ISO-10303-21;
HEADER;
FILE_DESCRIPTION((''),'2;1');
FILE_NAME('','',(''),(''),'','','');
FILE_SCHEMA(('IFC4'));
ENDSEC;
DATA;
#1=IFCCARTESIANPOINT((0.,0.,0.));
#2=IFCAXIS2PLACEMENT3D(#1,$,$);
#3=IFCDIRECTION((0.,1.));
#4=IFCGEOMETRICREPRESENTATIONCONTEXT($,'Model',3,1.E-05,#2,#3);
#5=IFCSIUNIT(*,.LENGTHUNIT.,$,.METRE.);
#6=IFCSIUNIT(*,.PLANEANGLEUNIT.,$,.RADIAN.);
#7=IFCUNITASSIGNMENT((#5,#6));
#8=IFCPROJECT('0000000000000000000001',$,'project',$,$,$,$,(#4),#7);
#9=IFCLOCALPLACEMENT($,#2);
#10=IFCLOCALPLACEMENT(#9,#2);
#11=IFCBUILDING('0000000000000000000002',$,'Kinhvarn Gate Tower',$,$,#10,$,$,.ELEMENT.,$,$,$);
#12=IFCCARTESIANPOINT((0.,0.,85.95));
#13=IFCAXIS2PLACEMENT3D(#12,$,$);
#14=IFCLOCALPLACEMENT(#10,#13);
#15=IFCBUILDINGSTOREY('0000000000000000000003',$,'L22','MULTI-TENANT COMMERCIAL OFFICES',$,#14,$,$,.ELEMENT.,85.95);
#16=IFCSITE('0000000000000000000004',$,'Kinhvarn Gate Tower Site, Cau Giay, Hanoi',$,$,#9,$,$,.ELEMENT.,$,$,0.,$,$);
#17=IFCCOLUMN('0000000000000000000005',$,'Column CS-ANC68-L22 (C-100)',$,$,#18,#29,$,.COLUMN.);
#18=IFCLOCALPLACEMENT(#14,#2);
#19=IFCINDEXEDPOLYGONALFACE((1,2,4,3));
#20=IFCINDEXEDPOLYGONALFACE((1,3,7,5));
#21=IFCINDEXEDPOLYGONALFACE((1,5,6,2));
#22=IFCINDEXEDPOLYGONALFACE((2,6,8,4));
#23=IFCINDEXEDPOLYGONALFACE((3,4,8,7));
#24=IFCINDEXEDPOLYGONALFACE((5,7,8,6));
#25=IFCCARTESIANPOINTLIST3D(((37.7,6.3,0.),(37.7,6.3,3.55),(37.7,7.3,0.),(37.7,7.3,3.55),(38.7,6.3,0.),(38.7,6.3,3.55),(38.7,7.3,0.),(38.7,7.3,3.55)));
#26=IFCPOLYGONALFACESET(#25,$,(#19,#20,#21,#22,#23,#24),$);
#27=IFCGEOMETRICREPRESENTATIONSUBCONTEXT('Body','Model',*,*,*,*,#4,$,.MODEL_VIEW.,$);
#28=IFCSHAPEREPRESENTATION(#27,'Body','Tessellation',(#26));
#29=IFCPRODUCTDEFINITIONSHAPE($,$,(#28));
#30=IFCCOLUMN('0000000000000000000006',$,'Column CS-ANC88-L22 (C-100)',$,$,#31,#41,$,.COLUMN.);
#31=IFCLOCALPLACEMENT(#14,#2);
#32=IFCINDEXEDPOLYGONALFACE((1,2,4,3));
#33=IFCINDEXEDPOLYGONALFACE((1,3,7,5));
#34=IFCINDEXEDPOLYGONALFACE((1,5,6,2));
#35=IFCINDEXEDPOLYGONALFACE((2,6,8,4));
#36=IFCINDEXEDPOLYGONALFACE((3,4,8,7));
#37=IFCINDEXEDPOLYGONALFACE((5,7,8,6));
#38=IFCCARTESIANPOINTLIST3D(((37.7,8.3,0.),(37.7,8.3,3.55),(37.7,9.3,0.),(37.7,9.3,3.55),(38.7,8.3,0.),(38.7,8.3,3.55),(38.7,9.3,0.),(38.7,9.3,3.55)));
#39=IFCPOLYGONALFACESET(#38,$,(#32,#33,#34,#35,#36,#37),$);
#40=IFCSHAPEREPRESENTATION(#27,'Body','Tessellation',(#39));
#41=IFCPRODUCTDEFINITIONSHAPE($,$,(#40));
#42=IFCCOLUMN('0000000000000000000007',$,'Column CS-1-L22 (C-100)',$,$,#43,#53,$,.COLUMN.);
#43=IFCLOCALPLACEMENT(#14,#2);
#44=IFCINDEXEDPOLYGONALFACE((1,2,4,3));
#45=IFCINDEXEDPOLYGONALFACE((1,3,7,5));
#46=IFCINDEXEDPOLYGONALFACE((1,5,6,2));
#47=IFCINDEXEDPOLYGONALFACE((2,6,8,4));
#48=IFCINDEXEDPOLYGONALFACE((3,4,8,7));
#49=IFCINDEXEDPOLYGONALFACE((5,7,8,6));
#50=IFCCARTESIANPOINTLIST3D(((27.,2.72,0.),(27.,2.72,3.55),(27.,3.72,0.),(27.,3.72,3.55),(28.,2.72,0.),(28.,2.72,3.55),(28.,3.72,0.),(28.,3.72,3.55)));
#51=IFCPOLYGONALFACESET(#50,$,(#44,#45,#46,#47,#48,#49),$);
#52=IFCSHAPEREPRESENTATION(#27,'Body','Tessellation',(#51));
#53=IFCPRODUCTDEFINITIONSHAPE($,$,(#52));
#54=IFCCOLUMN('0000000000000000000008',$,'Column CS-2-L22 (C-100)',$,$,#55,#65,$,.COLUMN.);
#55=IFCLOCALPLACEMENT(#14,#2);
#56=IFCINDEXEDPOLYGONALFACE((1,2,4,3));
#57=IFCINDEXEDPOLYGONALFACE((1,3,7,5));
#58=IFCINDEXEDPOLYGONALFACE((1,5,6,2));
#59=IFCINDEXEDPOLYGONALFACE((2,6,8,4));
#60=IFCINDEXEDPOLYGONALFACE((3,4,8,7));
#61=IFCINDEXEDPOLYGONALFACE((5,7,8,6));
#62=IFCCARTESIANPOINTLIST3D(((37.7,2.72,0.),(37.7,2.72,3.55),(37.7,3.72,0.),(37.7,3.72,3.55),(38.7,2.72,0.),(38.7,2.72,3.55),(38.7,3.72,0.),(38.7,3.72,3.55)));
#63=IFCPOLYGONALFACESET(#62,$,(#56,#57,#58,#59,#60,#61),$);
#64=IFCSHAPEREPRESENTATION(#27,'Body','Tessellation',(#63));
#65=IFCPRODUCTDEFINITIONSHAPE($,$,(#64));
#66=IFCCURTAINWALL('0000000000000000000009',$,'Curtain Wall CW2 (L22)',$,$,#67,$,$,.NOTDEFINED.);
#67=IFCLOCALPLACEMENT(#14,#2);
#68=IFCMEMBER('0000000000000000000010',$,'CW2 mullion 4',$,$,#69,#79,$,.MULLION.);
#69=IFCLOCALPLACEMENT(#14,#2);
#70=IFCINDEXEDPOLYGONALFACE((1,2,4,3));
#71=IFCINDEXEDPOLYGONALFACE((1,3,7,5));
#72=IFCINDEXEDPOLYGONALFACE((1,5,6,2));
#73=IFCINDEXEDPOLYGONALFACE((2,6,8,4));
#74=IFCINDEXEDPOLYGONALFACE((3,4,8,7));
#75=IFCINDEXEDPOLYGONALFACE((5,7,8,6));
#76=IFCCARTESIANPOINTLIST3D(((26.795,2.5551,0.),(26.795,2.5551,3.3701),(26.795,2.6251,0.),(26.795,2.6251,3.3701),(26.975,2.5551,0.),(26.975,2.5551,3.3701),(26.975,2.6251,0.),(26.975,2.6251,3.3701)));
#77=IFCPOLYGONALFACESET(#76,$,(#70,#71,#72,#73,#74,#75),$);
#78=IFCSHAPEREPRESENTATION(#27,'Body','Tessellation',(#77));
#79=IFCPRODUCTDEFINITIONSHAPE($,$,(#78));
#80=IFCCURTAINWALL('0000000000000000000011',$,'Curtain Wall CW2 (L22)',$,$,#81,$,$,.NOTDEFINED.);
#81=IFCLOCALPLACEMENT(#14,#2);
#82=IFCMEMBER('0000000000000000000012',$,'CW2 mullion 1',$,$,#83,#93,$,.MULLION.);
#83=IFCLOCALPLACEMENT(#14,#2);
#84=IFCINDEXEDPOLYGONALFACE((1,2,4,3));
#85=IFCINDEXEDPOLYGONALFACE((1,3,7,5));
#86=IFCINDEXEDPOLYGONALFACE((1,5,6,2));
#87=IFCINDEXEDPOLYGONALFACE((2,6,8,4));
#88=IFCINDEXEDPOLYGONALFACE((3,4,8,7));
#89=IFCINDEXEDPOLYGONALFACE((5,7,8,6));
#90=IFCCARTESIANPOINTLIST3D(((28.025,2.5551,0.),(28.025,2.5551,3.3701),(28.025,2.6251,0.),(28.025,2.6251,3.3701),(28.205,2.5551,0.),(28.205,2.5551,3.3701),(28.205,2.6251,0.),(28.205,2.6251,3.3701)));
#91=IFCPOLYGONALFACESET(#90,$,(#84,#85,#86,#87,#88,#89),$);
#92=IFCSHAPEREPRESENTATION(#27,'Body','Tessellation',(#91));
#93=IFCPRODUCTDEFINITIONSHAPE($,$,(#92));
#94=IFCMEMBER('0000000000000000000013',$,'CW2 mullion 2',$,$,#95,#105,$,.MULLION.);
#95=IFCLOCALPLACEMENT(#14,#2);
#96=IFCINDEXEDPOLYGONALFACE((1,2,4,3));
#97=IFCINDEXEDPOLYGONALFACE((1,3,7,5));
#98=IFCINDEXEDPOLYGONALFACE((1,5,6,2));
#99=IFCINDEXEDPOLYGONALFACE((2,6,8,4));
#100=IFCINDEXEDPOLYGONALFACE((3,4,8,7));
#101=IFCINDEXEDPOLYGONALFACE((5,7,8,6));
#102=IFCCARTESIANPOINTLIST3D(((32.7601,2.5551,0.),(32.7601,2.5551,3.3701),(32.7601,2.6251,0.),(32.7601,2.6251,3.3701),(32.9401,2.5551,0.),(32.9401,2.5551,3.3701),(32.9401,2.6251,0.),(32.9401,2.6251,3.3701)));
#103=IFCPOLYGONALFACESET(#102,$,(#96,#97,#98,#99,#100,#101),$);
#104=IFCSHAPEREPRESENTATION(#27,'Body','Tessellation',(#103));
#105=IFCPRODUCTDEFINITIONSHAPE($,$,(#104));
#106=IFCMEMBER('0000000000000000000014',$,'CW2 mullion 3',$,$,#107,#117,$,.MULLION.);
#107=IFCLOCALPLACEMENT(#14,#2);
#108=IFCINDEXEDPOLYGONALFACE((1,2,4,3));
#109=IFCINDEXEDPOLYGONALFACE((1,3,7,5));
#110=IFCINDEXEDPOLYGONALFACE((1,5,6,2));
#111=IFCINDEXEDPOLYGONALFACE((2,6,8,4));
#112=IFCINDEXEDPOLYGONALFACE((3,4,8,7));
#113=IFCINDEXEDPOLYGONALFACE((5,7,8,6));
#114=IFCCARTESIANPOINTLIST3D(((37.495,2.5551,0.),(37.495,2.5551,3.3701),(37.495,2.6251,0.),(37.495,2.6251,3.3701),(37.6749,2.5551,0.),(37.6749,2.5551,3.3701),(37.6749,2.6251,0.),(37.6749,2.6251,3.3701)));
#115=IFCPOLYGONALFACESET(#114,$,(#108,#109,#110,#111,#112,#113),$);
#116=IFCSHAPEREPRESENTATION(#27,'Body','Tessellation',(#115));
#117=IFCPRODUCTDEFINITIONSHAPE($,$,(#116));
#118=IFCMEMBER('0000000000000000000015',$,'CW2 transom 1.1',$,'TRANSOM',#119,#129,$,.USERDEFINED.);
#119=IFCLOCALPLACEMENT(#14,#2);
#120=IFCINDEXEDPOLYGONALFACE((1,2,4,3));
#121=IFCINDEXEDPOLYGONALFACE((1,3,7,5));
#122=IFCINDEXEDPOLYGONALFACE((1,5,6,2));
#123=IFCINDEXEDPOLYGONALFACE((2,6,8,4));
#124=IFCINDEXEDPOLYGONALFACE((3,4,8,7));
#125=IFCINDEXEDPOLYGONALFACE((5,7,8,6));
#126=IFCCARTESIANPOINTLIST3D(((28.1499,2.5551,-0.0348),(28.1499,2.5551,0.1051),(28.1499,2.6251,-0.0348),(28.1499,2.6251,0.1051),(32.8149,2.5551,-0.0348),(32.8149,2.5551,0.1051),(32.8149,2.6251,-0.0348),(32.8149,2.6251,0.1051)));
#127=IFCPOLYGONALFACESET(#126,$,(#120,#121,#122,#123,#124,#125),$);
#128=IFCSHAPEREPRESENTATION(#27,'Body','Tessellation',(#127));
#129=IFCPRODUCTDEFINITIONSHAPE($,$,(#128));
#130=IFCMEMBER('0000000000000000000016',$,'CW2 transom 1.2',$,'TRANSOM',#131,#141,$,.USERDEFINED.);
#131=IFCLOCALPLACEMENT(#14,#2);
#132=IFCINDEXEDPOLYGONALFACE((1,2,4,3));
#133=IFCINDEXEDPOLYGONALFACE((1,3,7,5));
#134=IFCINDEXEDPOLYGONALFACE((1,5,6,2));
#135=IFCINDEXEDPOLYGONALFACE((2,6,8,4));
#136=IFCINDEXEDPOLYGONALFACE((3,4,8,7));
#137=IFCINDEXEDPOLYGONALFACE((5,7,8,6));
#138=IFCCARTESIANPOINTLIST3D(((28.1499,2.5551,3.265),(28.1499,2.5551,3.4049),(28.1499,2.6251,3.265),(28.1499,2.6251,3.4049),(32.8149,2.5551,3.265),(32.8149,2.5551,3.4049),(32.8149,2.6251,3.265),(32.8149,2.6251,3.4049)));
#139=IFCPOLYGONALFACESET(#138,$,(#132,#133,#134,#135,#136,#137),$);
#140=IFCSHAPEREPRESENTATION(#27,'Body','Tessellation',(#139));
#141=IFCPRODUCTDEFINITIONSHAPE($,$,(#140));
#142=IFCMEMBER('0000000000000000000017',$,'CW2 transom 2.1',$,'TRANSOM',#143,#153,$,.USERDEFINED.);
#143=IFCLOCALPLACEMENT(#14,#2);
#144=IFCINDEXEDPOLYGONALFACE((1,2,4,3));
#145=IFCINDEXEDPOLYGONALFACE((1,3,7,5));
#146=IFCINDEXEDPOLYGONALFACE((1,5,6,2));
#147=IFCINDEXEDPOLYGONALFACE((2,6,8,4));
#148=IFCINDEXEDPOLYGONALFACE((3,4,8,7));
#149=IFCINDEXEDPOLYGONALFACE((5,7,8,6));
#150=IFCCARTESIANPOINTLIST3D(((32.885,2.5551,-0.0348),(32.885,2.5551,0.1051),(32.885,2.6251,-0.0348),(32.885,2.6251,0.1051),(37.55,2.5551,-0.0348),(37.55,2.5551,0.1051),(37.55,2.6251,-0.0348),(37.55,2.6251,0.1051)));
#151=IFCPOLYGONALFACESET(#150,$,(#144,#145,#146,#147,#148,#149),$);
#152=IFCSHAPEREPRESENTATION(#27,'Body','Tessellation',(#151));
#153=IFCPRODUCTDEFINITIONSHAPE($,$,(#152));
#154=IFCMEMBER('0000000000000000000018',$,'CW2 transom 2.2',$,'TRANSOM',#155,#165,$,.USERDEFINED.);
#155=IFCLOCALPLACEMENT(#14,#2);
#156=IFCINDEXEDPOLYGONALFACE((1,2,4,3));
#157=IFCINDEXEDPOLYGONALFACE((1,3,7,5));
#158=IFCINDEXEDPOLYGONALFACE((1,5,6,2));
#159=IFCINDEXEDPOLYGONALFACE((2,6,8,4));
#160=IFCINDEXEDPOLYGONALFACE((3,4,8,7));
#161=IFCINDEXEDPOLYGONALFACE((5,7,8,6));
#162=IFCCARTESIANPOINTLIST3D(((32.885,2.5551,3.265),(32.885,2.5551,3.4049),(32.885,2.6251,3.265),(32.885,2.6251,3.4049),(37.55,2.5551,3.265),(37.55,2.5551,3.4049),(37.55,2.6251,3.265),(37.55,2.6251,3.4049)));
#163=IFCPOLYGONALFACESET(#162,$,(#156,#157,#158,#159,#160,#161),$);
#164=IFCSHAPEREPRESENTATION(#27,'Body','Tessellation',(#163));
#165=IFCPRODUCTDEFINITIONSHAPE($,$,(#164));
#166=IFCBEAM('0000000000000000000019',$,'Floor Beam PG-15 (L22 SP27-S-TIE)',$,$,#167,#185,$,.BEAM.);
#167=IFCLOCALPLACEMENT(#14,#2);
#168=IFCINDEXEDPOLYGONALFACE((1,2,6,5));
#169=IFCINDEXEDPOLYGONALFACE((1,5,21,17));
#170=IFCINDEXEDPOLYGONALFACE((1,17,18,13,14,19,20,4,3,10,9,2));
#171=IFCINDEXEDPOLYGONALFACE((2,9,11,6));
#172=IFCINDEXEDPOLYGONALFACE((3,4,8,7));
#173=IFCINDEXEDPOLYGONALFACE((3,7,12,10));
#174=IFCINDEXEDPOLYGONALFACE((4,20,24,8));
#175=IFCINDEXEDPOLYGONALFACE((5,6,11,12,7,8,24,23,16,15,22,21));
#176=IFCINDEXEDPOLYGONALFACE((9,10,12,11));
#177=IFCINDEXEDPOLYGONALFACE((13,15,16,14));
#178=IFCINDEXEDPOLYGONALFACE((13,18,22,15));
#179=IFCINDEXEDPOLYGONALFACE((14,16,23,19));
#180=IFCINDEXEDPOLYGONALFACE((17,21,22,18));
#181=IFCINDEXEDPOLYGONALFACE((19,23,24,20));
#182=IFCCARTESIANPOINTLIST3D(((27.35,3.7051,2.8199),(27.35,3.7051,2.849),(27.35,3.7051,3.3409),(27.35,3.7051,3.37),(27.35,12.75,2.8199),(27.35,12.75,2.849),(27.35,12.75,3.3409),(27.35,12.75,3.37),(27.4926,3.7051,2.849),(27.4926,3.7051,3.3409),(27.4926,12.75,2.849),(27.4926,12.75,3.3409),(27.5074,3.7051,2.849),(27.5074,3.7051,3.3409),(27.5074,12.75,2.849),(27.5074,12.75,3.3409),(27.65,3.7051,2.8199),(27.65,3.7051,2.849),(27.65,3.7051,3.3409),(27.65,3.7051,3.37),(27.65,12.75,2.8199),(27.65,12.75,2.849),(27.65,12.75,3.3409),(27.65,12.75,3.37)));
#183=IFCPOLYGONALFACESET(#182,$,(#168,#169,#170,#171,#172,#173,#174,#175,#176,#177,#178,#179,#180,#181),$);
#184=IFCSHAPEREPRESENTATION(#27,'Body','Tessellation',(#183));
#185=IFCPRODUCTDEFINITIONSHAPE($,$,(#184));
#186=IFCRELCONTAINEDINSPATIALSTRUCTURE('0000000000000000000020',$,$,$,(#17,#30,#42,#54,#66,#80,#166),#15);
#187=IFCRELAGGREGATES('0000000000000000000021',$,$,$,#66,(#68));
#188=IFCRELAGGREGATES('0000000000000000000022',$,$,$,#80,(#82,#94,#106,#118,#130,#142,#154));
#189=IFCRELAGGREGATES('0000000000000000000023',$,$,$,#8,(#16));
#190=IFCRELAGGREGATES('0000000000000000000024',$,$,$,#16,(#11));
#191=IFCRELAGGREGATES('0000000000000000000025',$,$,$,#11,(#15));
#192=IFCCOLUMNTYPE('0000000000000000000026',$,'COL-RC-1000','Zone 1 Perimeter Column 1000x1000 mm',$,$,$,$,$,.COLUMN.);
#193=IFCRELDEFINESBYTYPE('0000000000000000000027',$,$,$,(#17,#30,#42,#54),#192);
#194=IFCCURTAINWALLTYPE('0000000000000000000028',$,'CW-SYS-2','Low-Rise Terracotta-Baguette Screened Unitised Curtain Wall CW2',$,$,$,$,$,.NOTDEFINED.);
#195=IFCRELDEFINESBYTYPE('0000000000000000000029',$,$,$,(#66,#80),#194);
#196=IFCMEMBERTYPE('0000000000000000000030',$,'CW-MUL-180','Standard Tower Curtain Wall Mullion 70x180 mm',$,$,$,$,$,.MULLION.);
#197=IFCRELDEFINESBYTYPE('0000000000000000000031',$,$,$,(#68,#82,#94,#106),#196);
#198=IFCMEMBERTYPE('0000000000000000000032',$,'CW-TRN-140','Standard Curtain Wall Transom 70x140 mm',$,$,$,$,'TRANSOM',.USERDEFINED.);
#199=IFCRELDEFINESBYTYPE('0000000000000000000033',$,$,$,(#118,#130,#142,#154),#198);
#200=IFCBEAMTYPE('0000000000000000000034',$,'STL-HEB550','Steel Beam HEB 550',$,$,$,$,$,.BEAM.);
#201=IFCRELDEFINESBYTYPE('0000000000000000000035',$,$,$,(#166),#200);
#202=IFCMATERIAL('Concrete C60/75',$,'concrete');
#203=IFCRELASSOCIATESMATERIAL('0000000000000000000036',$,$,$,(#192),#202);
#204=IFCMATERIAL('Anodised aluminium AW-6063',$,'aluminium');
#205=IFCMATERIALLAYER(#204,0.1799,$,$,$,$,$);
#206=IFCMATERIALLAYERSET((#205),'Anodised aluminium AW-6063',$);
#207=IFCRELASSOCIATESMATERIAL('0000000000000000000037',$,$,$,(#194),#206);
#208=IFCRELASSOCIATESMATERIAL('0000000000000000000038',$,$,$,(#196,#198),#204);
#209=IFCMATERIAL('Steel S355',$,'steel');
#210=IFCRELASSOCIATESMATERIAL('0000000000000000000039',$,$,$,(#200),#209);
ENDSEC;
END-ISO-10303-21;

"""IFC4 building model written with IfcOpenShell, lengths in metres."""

from ifc_helpers import new_model, si_unit, direction, frame, origin, origin_2d, place, context, subcontext, project, spatial, rectangle, i_section, extrude, material, layer, layer_set, material_profile, profile_set, type_object, element, aggregate, save


model = new_model("IFC4")

# Units and contexts
model_context = context("Model", 3, precision=1e-05, world=origin(), true_north=direction((0.0, 1.0)))
body_context = subcontext(model_context, "Body", "Model", "MODEL_VIEW")
ifc_project = project(units=[si_unit("LENGTHUNIT", "METRE"), si_unit("PLANEANGLEUNIT", "RADIAN")], contexts=[model_context])

# Site, building, storey
site_placement = place(None, origin())
site = spatial("IfcSite", under=ifc_project, at=site_placement, Name="Kinhvarn Gate Tower Site, Cau Giay, Hanoi", CompositionType="ELEMENT", RefElevation=0.0)
building_placement = place(site_placement, origin())
building = spatial("IfcBuilding", under=site, at=building_placement, Name="Kinhvarn Gate Tower", CompositionType="ELEMENT")
storey_placement = place(building_placement, frame((0.0, 0.0, 85.95)))
storey = spatial("IfcBuildingStorey", under=building, at=storey_placement, Name="L22", Description="MULTI-TENANT COMMERCIAL OFFICES", CompositionType="ELEMENT", Elevation=85.95)

# Columns
ifc_material_1 = material(Name="Concrete C60/75", Category="concrete")
ifc_material_profile_1 = material_profile(ifc_material_1, rectangle(XDim=1.0, YDim=1.0, at=origin_2d()), Name="RC 1000x1000")
ifc_profile_set_1 = profile_set([ifc_material_profile_1], Name="Concrete C60/75")
column_type = type_object("IfcColumnType", Name="COL-RC-1000", Description="Zone 1 Perimeter Column 1000x1000 mm", PredefinedType="COLUMN", material=ifc_profile_set_1)
for number, where, z_axis, x_axis, name in (
    (1, (38.2, 6.8, 0.0), (0.0, 0.0, 1.0), (1.0, 0.0, 0.0), "Column CS-ANC68-L22 (C-100)"),
    (2, (38.2, 8.8, 0.0), (0.0, 0.0, 1.0), (1.0, 0.0, 0.0), "Column CS-ANC88-L22 (C-100)"),
    (3, (27.5, 3.22, 0.0), (0.0, 0.0, 1.0), (1.0, 0.0, 0.0), "Column CS-1-L22 (C-100)"),
    (4, (38.2, 3.22, 0.0), (0.0, 0.0, 1.0), (1.0, 0.0, 0.0), "Column CS-2-L22 (C-100)"),
):
    element("IfcColumn", number, at=place(storey_placement, frame(where, z_axis=z_axis, x_axis=x_axis)), inside=storey, type_object=column_type, Name=name, PredefinedType="COLUMN", context=body_context, shape_type="SweptSolid", body=[
        extrude(rectangle(XDim=1.0, YDim=1.0, at=origin_2d()), origin(), (0.0, 0.0, 1.0), 3.55),
    ])

# Curtain wall, member
ifc_material_2 = material(Name="Anodised aluminium AW-6063", Category="aluminium")
ifc_layer_1 = layer(ifc_material_2, 0.1799)
ifc_layer_set_1 = layer_set([ifc_layer_1], Name="Anodised aluminium AW-6063")
curtain_wall_type = type_object("IfcCurtainWallType", Name="CW-SYS-2", Description="Low-Rise Terracotta-Baguette Screened Unitised Curtain Wall CW2", PredefinedType="NOTDEFINED", material=ifc_layer_set_1)
curtain_wall_1_placement = place(storey_placement, origin())
curtain_wall_1 = element("IfcCurtainWall", 5, at=curtain_wall_1_placement, inside=storey, type_object=curtain_wall_type, Name="Curtain Wall CW2 (L22)", PredefinedType="NOTDEFINED")
ifc_material_profile_2 = material_profile(ifc_material_2, rectangle(XDim=0.0701, YDim=0.1799, at=origin_2d()), Name="ALU 70x180")
ifc_profile_set_2 = profile_set([ifc_material_profile_2], Name="Anodised aluminium AW-6063")
member_type_1 = type_object("IfcMemberType", Name="CW-MUL-180", Description="Standard Tower Curtain Wall Mullion 70x180 mm", PredefinedType="MULLION", material=ifc_profile_set_2)
member_1_placement = place(storey_placement, frame((26.885, 2.5901, 0.0), z_axis=(0.0, 0.0, 1.0), x_axis=(0.0, 1.0, 0.0)))
member_1 = element("IfcMember", 6, at=member_1_placement, type_object=member_type_1, Name="CW2 mullion 4", PredefinedType="MULLION", context=body_context, shape_type="SweptSolid", body=[
    extrude(rectangle(XDim=0.0701, YDim=0.1799, at=origin_2d()), origin(), (0.0, 0.0, 1.0), 3.3701),
])
aggregate(curtain_wall_1, [member_1])

# Curtain wall, members
curtain_wall_2_placement = place(storey_placement, origin())
curtain_wall_2 = element("IfcCurtainWall", 7, at=curtain_wall_2_placement, inside=storey, type_object=curtain_wall_type, Name="Curtain Wall CW2 (L22)", PredefinedType="NOTDEFINED")
member_2_placement = place(storey_placement, frame((28.115, 2.5901, 0.0), z_axis=(0.0, 0.0, 1.0), x_axis=(0.0, 1.0, 0.0)))
member_2 = element("IfcMember", 8, at=member_2_placement, type_object=member_type_1, Name="CW2 mullion 1", PredefinedType="MULLION", context=body_context, shape_type="SweptSolid", body=[
    extrude(rectangle(XDim=0.0701, YDim=0.1799, at=origin_2d()), origin(), (0.0, 0.0, 1.0), 3.3701),
])
member_3_placement = place(storey_placement, frame((32.8501, 2.5901, 0.0), z_axis=(0.0, 0.0, 1.0), x_axis=(0.0, 1.0, 0.0)))
member_3 = element("IfcMember", 9, at=member_3_placement, type_object=member_type_1, Name="CW2 mullion 2", PredefinedType="MULLION", context=body_context, shape_type="SweptSolid", body=[
    extrude(rectangle(XDim=0.0701, YDim=0.1799, at=origin_2d()), origin(), (0.0, 0.0, 1.0), 3.3701),
])
member_4_placement = place(storey_placement, frame((37.585, 2.5901, 0.0), z_axis=(0.0, 0.0, 1.0), x_axis=(0.0, 1.0, 0.0)))
member_4 = element("IfcMember", 10, at=member_4_placement, type_object=member_type_1, Name="CW2 mullion 3", PredefinedType="MULLION", context=body_context, shape_type="SweptSolid", body=[
    extrude(rectangle(XDim=0.0701, YDim=0.1799, at=origin_2d()), origin(), (0.0, 0.0, 1.0), 3.3701),
])
ifc_material_profile_3 = material_profile(ifc_material_2, rectangle(XDim=0.0701, YDim=0.1399, at=origin_2d()), Name="ALU 70x140")
ifc_profile_set_3 = profile_set([ifc_material_profile_3], Name="Anodised aluminium AW-6063")
member_type_2 = type_object("IfcMemberType", Name="CW-TRN-140", Description="Standard Curtain Wall Transom 70x140 mm", ElementType="TRANSOM", PredefinedType="USERDEFINED", material=ifc_profile_set_3)
member_5_placement = place(storey_placement, frame((28.1499, 2.5901, 0.0352), z_axis=(1.0, 0.0, 0.0), x_axis=(0.0, 1.0, 0.0)))
member_5 = element("IfcMember", 11, at=member_5_placement, type_object=member_type_2, Name="CW2 transom 1.1", ObjectType="TRANSOM", PredefinedType="USERDEFINED", context=body_context, shape_type="SweptSolid", body=[
    extrude(rectangle(XDim=0.0701, YDim=0.1399, at=origin_2d()), origin(), (0.0, 0.0, 1.0), 4.665),
])
member_6_placement = place(storey_placement, frame((28.1499, 2.5901, 3.335), z_axis=(1.0, 0.0, 0.0), x_axis=(0.0, 1.0, 0.0)))
member_6 = element("IfcMember", 12, at=member_6_placement, type_object=member_type_2, Name="CW2 transom 1.2", ObjectType="TRANSOM", PredefinedType="USERDEFINED", context=body_context, shape_type="SweptSolid", body=[
    extrude(rectangle(XDim=0.0701, YDim=0.1399, at=origin_2d()), origin(), (0.0, 0.0, 1.0), 4.665),
])
member_7_placement = place(storey_placement, frame((32.885, 2.5901, 0.0352), z_axis=(1.0, 0.0, 0.0), x_axis=(0.0, 1.0, 0.0)))
member_7 = element("IfcMember", 13, at=member_7_placement, type_object=member_type_2, Name="CW2 transom 2.1", ObjectType="TRANSOM", PredefinedType="USERDEFINED", context=body_context, shape_type="SweptSolid", body=[
    extrude(rectangle(XDim=0.0701, YDim=0.1399, at=origin_2d()), origin(), (0.0, 0.0, 1.0), 4.665),
])
member_8_placement = place(storey_placement, frame((32.885, 2.5901, 3.335), z_axis=(1.0, 0.0, 0.0), x_axis=(0.0, 1.0, 0.0)))
member_8 = element("IfcMember", 14, at=member_8_placement, type_object=member_type_2, Name="CW2 transom 2.2", ObjectType="TRANSOM", PredefinedType="USERDEFINED", context=body_context, shape_type="SweptSolid", body=[
    extrude(rectangle(XDim=0.0701, YDim=0.1399, at=origin_2d()), origin(), (0.0, 0.0, 1.0), 4.665),
])

# Beam
ifc_material_3 = material(Name="Steel S355", Category="steel")
ifc_material_profile_4 = material_profile(ifc_material_3, i_section(OverallWidth=0.3, OverallDepth=0.55, WebThickness=0.0149, FlangeThickness=0.0291, at=origin_2d()), Name="HEB 550")
ifc_profile_set_4 = profile_set([ifc_material_profile_4], Name="Steel S355")
beam_type_1 = type_object("IfcBeamType", Name="STL-HEB550", Description="Steel Beam HEB 550", PredefinedType="BEAM", material=ifc_profile_set_4)
beam_1_placement = place(storey_placement, frame((27.5, 3.7051, 3.095), z_axis=(0.0, 1.0, 0.0), x_axis=(-1.0, 0.0, 0.0)))
element("IfcBeam", 15, at=beam_1_placement, inside=storey, type_object=beam_type_1, Name="Floor Beam PG-15 (L22 SP27-S-TIE)", PredefinedType="BEAM", context=body_context, shape_type="SweptSolid", body=[
    extrude(i_section(OverallWidth=0.3, OverallDepth=0.55, WebThickness=0.0149, FlangeThickness=0.0291, at=origin_2d()), origin(), (0.0, 0.0, 1.0), 9.0449),
])

aggregate(curtain_wall_2, [member_2, member_3, member_4, member_5, member_6, member_7, member_8])

save(model, "model.ifc")
